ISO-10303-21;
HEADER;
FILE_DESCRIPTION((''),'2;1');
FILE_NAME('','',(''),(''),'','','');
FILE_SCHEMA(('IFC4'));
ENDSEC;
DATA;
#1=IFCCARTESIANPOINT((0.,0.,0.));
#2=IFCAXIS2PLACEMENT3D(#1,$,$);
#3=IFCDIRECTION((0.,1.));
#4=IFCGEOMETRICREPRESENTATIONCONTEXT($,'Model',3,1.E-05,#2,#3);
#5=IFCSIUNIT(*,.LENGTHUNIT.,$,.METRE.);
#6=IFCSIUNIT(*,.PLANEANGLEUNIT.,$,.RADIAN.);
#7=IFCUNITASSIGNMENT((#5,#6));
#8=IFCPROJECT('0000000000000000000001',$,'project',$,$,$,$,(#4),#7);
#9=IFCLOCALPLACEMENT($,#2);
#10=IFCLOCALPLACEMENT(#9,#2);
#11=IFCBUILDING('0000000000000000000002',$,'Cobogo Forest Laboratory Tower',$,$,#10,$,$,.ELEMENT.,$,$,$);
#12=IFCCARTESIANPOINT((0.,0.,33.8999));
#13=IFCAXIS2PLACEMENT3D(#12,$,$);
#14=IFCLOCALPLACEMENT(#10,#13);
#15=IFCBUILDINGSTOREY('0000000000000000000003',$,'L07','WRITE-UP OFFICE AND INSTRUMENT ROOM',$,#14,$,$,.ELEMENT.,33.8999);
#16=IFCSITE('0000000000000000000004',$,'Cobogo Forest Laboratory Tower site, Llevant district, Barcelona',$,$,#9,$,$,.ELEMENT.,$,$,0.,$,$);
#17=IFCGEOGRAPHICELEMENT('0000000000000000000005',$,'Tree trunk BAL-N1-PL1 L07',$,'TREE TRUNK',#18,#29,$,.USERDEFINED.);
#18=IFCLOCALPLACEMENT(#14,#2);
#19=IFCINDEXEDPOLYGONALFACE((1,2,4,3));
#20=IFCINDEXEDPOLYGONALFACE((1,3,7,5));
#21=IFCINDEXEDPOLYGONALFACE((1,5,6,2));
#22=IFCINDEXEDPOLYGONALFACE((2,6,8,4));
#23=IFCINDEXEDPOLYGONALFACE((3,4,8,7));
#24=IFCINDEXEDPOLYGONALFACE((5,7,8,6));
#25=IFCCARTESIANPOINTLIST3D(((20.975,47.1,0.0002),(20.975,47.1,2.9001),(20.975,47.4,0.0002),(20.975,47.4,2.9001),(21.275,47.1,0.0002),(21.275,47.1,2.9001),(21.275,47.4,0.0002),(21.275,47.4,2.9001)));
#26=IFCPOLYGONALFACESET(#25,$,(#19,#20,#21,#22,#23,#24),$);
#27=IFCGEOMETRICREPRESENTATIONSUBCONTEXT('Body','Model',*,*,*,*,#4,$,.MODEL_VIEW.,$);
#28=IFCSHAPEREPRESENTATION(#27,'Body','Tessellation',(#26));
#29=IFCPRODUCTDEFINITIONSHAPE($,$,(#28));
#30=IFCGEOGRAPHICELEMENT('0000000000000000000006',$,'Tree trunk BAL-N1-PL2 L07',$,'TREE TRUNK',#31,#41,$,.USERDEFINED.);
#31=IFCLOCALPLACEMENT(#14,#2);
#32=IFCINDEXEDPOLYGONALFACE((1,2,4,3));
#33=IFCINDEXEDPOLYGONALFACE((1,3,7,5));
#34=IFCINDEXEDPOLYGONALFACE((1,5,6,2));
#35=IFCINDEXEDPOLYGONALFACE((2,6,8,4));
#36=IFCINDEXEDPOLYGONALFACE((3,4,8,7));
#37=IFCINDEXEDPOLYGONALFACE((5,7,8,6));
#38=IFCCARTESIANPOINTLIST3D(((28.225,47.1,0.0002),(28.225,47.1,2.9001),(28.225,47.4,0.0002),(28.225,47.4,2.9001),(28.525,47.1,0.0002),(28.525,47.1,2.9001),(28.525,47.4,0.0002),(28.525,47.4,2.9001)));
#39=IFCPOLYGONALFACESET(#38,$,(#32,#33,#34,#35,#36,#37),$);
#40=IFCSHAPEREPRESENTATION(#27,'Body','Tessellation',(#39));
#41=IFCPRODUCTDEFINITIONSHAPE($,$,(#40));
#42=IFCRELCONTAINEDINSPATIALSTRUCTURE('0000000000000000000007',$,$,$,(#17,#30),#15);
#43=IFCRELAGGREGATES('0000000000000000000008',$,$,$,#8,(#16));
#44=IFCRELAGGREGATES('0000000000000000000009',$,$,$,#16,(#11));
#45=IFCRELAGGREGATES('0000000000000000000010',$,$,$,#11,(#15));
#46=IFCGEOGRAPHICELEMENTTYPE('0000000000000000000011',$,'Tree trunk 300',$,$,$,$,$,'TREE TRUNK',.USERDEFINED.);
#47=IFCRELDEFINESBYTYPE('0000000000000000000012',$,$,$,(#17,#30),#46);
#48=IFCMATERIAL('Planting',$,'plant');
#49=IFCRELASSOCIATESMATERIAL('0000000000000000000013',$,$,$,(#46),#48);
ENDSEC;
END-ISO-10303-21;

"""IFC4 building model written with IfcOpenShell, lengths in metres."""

from ifc_helpers import new_model, si_unit, direction, frame, origin, origin_2d, place, context, subcontext, project, spatial, rectangle, extrude, material, type_object, element, save


model = new_model("IFC4")

# Units and contexts
model_context = context("Model", 3, precision=1e-05, world=origin(), true_north=direction((0.0, 1.0)))
body_context = subcontext(model_context, "Body", "Model", "MODEL_VIEW")
ifc_project = project(units=[si_unit("LENGTHUNIT", "METRE"), si_unit("PLANEANGLEUNIT", "RADIAN")], contexts=[model_context])

# Site, building, storey
site_placement = place(None, origin())
site = spatial("IfcSite", under=ifc_project, at=site_placement, Name="Cobogo Forest Laboratory Tower site, Llevant district, Barcelona", CompositionType="ELEMENT", RefElevation=0.0)
building_placement = place(site_placement, origin())
building = spatial("IfcBuilding", under=site, at=building_placement, Name="Cobogo Forest Laboratory Tower", CompositionType="ELEMENT")
storey_placement = place(building_placement, frame((0.0, 0.0, 33.8999)))
storey = spatial("IfcBuildingStorey", under=building, at=storey_placement, Name="L07", Description="WRITE-UP OFFICE AND INSTRUMENT ROOM", CompositionType="ELEMENT", Elevation=33.8999)

# Geographic elements
ifc_material_1 = material(Name="Planting", Category="plant")
geographic_element_type = type_object("IfcGeographicElementType", Name="Tree trunk 300", ElementType="TREE TRUNK", PredefinedType="USERDEFINED", material=ifc_material_1)
for number, where, z_axis, x_axis, name in (
    (1, (21.125, 47.25, 0.0002), (0.0, 0.0, 1.0), (1.0, 0.0, 0.0), "Tree trunk BAL-N1-PL1 L07"),
    (2, (28.375, 47.25, 0.0002), (0.0, 0.0, 1.0), (1.0, 0.0, 0.0), "Tree trunk BAL-N1-PL2 L07"),
):
    element("IfcGeographicElement", number, at=place(storey_placement, frame(where, z_axis=z_axis, x_axis=x_axis)), inside=storey, type_object=geographic_element_type, Name=name, ObjectType="TREE TRUNK", PredefinedType="USERDEFINED", context=body_context, shape_type="SweptSolid", body=[
        extrude(rectangle(XDim=0.3, YDim=0.3, at=origin_2d()), origin(), (0.0, 0.0, 1.0), 2.8999),
    ])

save(model, "model.ifc")
